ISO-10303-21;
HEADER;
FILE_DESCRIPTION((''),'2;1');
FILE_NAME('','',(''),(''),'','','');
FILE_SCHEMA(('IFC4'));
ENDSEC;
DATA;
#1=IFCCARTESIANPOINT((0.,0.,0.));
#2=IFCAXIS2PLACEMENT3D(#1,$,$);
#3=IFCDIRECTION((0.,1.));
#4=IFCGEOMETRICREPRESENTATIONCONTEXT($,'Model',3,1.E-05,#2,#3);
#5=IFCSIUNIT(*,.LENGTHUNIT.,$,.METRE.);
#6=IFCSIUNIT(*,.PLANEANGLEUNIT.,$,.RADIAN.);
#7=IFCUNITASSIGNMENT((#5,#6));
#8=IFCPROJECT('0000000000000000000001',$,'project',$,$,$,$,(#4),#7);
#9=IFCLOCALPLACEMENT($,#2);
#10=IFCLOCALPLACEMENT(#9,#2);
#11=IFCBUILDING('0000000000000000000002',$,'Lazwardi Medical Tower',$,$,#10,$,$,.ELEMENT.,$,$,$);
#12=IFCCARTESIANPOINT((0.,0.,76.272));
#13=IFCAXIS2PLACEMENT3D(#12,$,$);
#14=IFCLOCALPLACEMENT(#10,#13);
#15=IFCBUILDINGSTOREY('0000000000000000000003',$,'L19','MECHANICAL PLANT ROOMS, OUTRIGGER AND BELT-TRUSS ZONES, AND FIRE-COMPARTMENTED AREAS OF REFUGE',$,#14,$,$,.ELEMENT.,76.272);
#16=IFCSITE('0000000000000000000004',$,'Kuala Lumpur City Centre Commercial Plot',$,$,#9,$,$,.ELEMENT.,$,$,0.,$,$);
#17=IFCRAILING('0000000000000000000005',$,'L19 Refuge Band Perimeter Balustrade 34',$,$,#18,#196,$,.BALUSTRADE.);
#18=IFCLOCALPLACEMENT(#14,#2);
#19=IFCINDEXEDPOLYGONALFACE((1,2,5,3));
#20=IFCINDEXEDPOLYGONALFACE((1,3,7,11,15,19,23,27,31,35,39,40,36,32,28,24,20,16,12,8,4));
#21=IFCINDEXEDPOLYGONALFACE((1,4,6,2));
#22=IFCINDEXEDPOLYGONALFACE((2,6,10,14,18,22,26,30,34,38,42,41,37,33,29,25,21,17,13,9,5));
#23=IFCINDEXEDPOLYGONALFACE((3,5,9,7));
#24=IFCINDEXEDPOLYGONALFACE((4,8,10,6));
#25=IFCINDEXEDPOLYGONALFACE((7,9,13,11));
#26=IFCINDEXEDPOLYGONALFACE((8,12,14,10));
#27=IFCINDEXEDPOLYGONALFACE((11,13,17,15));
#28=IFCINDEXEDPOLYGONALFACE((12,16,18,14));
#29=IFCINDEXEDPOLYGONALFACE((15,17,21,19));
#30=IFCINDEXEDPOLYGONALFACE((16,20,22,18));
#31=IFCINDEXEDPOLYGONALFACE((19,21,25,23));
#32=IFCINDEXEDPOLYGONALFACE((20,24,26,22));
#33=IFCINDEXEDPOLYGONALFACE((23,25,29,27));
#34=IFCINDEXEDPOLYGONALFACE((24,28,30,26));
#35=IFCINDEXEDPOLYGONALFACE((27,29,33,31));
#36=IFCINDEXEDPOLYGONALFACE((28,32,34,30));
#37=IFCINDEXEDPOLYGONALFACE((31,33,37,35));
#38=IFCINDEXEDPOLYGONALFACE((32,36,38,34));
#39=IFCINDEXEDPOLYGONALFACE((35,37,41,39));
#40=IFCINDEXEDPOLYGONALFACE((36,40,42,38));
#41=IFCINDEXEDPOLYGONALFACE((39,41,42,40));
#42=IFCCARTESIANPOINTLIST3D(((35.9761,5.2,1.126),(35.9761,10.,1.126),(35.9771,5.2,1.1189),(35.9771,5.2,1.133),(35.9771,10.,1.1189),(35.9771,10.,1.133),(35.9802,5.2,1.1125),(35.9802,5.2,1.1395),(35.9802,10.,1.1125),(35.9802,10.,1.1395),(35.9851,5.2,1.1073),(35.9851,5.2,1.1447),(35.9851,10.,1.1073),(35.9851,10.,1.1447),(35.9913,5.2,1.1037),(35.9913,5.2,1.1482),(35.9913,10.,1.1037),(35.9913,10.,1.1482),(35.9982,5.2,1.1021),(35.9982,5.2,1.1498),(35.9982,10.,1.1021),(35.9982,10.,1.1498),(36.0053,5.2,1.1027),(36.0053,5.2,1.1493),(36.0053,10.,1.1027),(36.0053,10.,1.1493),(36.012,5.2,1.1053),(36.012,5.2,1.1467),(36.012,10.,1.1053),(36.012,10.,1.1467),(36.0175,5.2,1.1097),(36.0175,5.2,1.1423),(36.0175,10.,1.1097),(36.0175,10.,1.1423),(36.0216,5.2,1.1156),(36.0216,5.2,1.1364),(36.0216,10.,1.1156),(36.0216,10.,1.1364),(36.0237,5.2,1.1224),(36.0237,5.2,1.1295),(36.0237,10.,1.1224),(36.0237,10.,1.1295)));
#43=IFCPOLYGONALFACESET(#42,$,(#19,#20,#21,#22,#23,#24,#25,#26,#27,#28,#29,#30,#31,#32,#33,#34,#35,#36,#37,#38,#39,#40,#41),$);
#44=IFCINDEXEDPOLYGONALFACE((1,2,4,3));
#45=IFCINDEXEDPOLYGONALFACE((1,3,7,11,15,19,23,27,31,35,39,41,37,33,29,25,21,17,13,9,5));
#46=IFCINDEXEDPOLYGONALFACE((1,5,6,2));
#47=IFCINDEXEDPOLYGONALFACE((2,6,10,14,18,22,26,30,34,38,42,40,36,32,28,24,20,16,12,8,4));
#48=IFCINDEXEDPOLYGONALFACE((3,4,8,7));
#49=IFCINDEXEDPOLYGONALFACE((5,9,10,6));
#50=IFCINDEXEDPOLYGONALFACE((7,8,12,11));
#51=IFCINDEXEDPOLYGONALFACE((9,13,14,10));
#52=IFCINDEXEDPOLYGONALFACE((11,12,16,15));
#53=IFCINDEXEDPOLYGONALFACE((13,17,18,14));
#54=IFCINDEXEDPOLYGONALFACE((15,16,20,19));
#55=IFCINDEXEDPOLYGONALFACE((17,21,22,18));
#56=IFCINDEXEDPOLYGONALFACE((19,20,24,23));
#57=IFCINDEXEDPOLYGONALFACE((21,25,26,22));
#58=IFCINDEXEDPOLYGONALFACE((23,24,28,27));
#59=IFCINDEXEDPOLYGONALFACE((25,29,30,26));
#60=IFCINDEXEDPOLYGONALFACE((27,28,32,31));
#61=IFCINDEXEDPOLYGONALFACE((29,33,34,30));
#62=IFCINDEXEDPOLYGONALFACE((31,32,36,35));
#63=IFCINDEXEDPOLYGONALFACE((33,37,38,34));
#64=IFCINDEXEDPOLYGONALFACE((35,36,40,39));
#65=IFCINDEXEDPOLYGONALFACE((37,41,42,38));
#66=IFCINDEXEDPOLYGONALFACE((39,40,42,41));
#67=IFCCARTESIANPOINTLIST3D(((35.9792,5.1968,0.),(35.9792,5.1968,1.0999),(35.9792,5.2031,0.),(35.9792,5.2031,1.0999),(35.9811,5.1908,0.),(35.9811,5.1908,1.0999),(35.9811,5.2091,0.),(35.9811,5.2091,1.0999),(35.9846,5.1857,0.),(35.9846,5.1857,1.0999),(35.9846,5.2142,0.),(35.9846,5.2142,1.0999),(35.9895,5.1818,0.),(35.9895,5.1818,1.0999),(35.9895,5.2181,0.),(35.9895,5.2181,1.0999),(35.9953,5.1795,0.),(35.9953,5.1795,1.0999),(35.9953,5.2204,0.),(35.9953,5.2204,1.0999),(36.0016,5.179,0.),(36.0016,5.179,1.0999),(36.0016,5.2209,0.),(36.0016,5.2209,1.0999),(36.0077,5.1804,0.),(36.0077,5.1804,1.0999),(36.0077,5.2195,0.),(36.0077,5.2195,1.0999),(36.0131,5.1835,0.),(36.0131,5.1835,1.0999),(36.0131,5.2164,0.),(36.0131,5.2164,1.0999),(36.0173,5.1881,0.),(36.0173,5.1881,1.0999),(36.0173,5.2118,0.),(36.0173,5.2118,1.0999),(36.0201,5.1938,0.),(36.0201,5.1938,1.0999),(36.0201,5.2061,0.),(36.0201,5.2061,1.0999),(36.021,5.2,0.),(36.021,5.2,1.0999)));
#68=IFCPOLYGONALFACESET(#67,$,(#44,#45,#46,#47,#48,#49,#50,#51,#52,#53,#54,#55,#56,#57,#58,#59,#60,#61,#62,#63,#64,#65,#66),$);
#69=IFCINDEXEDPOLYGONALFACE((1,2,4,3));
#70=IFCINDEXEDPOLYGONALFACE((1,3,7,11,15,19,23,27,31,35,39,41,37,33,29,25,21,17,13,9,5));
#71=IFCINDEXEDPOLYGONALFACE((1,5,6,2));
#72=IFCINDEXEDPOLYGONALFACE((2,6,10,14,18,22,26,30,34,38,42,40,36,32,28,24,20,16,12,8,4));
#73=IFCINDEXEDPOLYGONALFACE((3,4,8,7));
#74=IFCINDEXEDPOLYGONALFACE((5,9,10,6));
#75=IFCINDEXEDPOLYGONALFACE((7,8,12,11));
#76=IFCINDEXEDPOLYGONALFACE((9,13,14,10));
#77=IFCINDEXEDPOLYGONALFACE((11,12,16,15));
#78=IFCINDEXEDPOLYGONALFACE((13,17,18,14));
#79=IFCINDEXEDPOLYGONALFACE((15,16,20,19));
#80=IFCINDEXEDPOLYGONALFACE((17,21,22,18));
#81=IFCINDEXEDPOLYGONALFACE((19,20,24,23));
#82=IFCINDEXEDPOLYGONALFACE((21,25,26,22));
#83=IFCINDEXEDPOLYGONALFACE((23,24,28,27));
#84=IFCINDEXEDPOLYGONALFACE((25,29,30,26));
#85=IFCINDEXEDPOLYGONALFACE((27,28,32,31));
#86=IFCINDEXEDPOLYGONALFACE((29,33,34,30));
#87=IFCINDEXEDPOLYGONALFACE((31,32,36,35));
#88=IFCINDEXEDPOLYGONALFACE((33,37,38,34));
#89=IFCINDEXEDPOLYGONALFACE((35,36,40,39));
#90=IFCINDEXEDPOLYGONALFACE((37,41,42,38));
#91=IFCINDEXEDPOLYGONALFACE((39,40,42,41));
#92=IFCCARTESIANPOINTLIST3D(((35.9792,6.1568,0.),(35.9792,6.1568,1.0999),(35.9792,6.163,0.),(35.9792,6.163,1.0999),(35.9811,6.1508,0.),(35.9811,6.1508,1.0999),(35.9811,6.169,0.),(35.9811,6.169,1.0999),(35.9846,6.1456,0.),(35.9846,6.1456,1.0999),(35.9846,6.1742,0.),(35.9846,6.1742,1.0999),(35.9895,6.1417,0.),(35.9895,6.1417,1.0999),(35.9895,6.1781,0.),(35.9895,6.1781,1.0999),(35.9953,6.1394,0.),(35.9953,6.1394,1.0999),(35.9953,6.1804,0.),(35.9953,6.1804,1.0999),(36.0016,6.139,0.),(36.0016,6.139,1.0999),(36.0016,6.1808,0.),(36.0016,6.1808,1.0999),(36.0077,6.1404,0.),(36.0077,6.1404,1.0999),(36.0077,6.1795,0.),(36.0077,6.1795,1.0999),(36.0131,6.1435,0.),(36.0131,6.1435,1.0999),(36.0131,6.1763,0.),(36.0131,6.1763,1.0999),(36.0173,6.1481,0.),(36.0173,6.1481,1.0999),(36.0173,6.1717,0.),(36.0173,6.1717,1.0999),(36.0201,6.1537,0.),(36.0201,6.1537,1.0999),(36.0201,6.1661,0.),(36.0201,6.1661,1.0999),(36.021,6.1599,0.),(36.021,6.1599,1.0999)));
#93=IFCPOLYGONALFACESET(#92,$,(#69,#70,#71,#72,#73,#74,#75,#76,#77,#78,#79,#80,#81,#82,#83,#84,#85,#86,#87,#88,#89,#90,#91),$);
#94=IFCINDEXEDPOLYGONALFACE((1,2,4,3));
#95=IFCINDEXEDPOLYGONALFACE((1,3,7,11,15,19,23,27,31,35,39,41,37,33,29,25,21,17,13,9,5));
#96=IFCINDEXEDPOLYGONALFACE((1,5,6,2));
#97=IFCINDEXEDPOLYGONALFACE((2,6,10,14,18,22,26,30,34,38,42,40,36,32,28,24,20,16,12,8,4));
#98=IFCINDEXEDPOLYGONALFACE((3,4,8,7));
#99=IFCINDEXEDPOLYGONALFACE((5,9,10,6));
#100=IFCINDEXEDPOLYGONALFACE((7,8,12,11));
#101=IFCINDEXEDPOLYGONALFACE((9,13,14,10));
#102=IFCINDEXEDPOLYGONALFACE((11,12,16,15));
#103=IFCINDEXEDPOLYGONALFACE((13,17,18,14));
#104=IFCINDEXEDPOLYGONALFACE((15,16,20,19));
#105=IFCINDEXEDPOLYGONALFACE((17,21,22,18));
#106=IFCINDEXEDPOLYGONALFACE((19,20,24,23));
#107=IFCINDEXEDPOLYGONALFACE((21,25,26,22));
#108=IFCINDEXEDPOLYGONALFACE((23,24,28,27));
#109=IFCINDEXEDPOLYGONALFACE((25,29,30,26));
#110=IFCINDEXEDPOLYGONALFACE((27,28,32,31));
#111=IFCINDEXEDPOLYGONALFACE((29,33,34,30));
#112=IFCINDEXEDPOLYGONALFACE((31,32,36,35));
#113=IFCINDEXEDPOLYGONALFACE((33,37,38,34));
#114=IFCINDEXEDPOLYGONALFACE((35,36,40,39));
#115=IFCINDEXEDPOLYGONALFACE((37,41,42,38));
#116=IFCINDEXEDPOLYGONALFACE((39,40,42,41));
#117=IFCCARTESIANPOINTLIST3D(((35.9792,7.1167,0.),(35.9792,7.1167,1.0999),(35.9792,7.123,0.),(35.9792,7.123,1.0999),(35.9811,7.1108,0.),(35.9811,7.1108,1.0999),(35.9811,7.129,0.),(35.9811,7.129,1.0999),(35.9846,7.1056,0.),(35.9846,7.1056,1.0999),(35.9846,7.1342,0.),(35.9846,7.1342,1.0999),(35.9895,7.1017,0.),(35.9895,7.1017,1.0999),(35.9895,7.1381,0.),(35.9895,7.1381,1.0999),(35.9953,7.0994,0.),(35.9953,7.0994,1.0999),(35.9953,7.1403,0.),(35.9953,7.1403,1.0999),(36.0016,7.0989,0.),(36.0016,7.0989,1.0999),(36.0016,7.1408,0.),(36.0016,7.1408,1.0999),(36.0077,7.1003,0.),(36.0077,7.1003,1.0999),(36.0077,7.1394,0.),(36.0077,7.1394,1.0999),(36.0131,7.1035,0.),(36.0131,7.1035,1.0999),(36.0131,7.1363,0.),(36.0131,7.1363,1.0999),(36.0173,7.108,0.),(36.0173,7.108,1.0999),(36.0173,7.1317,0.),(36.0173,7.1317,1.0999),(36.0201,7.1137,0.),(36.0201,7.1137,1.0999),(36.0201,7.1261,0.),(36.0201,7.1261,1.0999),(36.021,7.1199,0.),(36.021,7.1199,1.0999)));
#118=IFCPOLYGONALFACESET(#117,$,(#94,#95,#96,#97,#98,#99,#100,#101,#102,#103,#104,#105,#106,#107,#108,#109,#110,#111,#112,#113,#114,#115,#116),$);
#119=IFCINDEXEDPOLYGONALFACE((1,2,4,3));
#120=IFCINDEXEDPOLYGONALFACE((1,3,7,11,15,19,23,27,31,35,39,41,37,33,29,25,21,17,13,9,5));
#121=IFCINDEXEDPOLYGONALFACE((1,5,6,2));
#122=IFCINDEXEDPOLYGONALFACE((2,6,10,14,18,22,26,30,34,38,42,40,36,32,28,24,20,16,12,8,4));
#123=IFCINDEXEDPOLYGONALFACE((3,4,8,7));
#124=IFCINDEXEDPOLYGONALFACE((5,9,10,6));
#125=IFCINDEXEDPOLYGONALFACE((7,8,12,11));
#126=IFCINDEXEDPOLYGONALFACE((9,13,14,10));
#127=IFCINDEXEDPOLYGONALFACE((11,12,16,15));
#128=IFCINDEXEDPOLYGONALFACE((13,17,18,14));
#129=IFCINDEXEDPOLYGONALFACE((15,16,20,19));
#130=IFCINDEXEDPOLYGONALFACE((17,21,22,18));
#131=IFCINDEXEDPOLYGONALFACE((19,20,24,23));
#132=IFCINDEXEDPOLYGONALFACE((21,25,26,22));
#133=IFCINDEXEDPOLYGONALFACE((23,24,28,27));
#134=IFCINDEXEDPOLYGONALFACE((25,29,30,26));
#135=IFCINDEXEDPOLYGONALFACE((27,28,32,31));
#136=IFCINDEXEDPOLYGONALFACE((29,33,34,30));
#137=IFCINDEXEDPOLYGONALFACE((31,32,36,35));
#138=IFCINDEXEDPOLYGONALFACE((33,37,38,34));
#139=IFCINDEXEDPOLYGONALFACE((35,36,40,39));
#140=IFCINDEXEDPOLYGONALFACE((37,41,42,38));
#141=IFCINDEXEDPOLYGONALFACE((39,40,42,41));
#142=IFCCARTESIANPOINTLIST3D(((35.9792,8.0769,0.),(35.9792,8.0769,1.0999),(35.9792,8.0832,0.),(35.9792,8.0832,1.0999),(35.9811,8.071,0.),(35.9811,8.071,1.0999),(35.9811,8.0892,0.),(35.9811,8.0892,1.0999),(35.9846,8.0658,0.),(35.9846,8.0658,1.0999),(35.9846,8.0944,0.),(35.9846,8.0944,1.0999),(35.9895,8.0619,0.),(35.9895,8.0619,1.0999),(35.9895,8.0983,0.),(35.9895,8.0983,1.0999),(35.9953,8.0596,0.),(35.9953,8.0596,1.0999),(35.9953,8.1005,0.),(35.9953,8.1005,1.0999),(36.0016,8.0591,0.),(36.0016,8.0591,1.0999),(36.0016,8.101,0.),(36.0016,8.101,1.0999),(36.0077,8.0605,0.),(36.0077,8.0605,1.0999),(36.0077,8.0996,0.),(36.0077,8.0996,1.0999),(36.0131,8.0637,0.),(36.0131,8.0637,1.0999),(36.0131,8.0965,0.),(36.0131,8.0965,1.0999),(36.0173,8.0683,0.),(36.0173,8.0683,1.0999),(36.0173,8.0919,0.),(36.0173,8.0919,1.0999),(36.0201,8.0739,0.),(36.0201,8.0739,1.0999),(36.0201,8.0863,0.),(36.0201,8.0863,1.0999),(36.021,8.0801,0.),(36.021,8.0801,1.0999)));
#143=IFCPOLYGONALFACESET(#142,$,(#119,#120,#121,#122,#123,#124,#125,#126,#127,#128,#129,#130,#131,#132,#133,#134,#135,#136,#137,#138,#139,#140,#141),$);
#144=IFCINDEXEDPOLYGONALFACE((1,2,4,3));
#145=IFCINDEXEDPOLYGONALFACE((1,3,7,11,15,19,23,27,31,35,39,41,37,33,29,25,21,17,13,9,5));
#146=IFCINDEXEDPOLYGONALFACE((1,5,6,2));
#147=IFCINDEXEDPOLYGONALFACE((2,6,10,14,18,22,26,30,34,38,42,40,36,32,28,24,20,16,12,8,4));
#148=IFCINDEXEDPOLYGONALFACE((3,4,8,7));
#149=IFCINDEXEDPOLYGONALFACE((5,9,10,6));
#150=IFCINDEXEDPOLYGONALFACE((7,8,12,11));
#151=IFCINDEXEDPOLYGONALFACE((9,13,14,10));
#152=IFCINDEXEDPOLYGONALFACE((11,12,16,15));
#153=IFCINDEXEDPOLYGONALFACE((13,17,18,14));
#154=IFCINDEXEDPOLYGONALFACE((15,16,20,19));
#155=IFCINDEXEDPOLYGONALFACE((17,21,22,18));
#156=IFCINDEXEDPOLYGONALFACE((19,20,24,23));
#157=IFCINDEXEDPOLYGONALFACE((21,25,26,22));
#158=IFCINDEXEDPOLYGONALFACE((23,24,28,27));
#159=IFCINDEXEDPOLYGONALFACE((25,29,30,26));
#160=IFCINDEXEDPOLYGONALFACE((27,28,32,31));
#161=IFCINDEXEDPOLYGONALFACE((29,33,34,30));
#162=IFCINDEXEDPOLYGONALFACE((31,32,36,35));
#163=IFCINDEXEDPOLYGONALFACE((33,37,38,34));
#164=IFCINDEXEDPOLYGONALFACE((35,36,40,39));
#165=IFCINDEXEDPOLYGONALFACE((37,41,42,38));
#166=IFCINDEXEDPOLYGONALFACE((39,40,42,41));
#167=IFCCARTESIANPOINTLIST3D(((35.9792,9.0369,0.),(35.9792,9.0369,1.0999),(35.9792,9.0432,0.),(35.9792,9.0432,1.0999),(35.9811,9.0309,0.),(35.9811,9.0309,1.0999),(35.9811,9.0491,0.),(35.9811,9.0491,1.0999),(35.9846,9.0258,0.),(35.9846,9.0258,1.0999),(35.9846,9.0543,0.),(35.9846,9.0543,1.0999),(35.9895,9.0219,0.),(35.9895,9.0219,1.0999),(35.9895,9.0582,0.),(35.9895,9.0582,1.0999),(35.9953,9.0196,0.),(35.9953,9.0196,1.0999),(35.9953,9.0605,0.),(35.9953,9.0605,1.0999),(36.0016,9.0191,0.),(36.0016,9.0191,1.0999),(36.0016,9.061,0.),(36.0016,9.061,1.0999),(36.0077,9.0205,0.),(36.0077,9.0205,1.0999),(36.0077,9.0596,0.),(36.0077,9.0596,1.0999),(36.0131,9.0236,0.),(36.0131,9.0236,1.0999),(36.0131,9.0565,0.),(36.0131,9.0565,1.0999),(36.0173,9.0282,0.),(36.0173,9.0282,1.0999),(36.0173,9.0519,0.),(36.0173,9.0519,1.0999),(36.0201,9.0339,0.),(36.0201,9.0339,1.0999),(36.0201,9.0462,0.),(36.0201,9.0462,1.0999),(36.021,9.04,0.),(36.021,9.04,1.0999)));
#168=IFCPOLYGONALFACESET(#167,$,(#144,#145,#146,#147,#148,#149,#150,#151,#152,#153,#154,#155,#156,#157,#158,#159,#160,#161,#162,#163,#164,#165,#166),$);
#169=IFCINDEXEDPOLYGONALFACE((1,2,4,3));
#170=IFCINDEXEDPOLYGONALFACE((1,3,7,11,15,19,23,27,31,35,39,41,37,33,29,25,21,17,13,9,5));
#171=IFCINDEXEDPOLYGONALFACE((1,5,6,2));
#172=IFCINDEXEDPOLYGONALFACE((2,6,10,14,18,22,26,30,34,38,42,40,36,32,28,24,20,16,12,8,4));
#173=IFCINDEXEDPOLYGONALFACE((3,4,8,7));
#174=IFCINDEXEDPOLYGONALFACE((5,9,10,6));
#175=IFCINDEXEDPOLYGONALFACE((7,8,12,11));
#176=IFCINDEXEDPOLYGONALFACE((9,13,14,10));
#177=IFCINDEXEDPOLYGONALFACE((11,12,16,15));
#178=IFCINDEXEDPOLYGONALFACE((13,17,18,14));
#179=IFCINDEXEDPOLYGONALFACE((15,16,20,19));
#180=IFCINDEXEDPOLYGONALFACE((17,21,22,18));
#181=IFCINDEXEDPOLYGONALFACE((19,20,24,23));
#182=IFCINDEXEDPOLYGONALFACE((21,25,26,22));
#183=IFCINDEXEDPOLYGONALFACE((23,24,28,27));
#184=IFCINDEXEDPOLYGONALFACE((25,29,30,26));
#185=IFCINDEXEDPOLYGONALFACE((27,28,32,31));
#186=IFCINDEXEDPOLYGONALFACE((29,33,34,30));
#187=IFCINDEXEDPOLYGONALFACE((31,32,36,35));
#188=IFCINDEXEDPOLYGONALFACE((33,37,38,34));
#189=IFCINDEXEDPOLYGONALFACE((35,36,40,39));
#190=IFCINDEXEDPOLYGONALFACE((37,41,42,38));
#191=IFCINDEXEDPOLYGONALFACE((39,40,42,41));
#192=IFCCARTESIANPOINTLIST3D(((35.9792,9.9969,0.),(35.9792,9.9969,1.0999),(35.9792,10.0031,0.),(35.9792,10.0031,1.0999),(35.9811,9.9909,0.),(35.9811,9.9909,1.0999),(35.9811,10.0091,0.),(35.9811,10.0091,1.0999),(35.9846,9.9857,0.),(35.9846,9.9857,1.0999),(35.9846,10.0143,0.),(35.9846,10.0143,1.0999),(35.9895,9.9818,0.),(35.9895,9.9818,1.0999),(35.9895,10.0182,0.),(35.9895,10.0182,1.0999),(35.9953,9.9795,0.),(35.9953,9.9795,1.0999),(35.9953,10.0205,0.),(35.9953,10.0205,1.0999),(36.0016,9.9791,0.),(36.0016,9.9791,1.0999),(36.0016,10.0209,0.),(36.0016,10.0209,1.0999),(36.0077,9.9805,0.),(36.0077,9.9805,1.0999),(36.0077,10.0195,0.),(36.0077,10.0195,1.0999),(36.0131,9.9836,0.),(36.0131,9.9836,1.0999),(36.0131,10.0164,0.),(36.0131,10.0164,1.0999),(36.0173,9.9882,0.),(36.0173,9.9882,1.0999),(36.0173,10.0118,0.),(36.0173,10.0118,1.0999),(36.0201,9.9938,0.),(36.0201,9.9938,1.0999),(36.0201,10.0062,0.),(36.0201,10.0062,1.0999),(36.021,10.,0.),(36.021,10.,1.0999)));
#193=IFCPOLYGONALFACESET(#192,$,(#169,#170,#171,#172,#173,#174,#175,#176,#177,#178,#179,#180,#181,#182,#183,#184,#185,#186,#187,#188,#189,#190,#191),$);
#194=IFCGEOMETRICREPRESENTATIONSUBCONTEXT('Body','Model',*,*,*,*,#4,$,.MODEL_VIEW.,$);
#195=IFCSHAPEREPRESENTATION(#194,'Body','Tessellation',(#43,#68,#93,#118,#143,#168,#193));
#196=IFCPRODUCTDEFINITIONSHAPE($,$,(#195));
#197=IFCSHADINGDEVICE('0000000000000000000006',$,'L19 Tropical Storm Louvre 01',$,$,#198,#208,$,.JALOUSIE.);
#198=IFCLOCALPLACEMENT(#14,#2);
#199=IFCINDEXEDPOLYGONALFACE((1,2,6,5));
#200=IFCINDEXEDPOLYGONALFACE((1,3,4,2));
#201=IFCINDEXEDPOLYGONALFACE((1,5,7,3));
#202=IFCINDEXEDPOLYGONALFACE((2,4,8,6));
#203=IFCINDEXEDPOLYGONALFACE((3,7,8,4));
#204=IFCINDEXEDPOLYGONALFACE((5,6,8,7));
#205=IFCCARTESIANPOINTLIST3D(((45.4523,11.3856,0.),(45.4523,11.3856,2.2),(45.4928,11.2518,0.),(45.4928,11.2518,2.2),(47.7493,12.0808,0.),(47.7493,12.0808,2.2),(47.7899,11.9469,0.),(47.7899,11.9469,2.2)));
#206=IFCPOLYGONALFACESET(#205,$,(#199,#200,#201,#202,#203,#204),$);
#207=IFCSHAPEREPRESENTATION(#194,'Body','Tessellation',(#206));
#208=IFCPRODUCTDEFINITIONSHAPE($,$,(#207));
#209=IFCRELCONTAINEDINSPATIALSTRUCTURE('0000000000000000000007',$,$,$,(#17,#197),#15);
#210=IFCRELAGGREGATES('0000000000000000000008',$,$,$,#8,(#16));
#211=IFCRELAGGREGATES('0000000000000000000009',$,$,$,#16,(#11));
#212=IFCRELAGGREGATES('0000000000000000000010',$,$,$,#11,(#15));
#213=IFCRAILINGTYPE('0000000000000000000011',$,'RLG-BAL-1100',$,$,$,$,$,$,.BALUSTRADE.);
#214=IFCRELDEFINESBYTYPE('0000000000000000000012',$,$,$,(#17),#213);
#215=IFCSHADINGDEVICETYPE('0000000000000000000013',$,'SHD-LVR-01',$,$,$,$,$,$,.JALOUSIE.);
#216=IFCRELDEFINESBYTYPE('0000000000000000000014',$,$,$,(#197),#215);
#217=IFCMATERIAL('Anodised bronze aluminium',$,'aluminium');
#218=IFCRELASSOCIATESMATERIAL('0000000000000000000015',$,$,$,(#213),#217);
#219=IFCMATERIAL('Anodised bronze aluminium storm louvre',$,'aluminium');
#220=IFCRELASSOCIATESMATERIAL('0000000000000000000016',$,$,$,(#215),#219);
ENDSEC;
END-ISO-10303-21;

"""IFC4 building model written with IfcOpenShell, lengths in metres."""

from ifc_helpers import new_model, si_unit, direction, frame, origin, origin_2d, place, context, subcontext, project, spatial, rectangle, circle, extrude, material, type_object, element, save


model = new_model("IFC4")

# Units and contexts
model_context = context("Model", 3, precision=1e-05, world=origin(), true_north=direction((0.0, 1.0)))
body_context = subcontext(model_context, "Body", "Model", "MODEL_VIEW")
ifc_project = project(units=[si_unit("LENGTHUNIT", "METRE"), si_unit("PLANEANGLEUNIT", "RADIAN")], contexts=[model_context])

# Site, building, storey
site_placement = place(None, origin())
site = spatial("IfcSite", under=ifc_project, at=site_placement, Name="Kuala Lumpur City Centre Commercial Plot", CompositionType="ELEMENT", RefElevation=0.0)
building_placement = place(site_placement, origin())
building = spatial("IfcBuilding", under=site, at=building_placement, Name="Lazwardi Medical Tower", CompositionType="ELEMENT")
storey_placement = place(building_placement, frame((0.0, 0.0, 76.272)))
storey = spatial("IfcBuildingStorey", under=building, at=storey_placement, Name="L19", Description="MECHANICAL PLANT ROOMS, OUTRIGGER AND BELT-TRUSS ZONES, AND FIRE-COMPARTMENTED AREAS OF REFUGE", CompositionType="ELEMENT", Elevation=76.272)

# Railing
ifc_material_1 = material(Name="Anodised bronze aluminium", Category="aluminium")
railing_type = type_object("IfcRailingType", Name="RLG-BAL-1100", PredefinedType="BALUSTRADE", material=ifc_material_1)
railing_1_placement = place(storey_placement, frame((36.0, 5.2, 0.0)))
element("IfcRailing", 1, at=railing_1_placement, inside=storey, type_object=railing_type, Name="L19 Refuge Band Perimeter Balustrade 34", PredefinedType="BALUSTRADE", context=body_context, shape_type="SweptSolid", body=[
    extrude(circle(Radius=0.0239, at=origin_2d()), frame((0.0, 0.0, 1.126), z_axis=(0.0, 1.0, 0.0), x_axis=(-1.0, 0.0, 0.0)), (0.0, 0.0, 1.0), 4.8),
    extrude(circle(Radius=0.021, at=origin_2d()), origin(), (0.0, 0.0, 1.0), 1.0999),
    extrude(circle(Radius=0.021, at=origin_2d()), frame((0.0, 0.96, 0.0)), (0.0, 0.0, 1.0), 1.0999),
    extrude(circle(Radius=0.021, at=origin_2d()), frame((0.0, 1.9199, 0.0)), (0.0, 0.0, 1.0), 1.0999),
    extrude(circle(Radius=0.021, at=origin_2d()), frame((0.0, 2.8801, 0.0)), (0.0, 0.0, 1.0), 1.0999),
    extrude(circle(Radius=0.021, at=origin_2d()), frame((0.0, 3.8401, 0.0)), (0.0, 0.0, 1.0), 1.0999),
    extrude(circle(Radius=0.021, at=origin_2d()), frame((0.0, 4.8, 0.0)), (0.0, 0.0, 1.0), 1.0999),
])

# Shading device
ifc_material_2 = material(Name="Anodised bronze aluminium storm louvre", Category="aluminium")
shading_device_type = type_object("IfcShadingDeviceType", Name="SHD-LVR-01", PredefinedType="JALOUSIE", material=ifc_material_2)
shading_device_placement = place(storey_placement, frame((46.6211, 11.6663, 0.0), z_axis=(0.0, 0.0, 1.0), x_axis=(0.957134, 0.289647, 0.0)))
element("IfcShadingDevice", 2, at=shading_device_placement, inside=storey, type_object=shading_device_type, Name="L19 Tropical Storm Louvre 01", PredefinedType="JALOUSIE", context=body_context, shape_type="SweptSolid", body=[
    extrude(rectangle(XDim=2.3999, YDim=0.1399, at=origin_2d()), origin(), (0.0, 0.0, 1.0), 2.2),
])

save(model, "model.ifc")
